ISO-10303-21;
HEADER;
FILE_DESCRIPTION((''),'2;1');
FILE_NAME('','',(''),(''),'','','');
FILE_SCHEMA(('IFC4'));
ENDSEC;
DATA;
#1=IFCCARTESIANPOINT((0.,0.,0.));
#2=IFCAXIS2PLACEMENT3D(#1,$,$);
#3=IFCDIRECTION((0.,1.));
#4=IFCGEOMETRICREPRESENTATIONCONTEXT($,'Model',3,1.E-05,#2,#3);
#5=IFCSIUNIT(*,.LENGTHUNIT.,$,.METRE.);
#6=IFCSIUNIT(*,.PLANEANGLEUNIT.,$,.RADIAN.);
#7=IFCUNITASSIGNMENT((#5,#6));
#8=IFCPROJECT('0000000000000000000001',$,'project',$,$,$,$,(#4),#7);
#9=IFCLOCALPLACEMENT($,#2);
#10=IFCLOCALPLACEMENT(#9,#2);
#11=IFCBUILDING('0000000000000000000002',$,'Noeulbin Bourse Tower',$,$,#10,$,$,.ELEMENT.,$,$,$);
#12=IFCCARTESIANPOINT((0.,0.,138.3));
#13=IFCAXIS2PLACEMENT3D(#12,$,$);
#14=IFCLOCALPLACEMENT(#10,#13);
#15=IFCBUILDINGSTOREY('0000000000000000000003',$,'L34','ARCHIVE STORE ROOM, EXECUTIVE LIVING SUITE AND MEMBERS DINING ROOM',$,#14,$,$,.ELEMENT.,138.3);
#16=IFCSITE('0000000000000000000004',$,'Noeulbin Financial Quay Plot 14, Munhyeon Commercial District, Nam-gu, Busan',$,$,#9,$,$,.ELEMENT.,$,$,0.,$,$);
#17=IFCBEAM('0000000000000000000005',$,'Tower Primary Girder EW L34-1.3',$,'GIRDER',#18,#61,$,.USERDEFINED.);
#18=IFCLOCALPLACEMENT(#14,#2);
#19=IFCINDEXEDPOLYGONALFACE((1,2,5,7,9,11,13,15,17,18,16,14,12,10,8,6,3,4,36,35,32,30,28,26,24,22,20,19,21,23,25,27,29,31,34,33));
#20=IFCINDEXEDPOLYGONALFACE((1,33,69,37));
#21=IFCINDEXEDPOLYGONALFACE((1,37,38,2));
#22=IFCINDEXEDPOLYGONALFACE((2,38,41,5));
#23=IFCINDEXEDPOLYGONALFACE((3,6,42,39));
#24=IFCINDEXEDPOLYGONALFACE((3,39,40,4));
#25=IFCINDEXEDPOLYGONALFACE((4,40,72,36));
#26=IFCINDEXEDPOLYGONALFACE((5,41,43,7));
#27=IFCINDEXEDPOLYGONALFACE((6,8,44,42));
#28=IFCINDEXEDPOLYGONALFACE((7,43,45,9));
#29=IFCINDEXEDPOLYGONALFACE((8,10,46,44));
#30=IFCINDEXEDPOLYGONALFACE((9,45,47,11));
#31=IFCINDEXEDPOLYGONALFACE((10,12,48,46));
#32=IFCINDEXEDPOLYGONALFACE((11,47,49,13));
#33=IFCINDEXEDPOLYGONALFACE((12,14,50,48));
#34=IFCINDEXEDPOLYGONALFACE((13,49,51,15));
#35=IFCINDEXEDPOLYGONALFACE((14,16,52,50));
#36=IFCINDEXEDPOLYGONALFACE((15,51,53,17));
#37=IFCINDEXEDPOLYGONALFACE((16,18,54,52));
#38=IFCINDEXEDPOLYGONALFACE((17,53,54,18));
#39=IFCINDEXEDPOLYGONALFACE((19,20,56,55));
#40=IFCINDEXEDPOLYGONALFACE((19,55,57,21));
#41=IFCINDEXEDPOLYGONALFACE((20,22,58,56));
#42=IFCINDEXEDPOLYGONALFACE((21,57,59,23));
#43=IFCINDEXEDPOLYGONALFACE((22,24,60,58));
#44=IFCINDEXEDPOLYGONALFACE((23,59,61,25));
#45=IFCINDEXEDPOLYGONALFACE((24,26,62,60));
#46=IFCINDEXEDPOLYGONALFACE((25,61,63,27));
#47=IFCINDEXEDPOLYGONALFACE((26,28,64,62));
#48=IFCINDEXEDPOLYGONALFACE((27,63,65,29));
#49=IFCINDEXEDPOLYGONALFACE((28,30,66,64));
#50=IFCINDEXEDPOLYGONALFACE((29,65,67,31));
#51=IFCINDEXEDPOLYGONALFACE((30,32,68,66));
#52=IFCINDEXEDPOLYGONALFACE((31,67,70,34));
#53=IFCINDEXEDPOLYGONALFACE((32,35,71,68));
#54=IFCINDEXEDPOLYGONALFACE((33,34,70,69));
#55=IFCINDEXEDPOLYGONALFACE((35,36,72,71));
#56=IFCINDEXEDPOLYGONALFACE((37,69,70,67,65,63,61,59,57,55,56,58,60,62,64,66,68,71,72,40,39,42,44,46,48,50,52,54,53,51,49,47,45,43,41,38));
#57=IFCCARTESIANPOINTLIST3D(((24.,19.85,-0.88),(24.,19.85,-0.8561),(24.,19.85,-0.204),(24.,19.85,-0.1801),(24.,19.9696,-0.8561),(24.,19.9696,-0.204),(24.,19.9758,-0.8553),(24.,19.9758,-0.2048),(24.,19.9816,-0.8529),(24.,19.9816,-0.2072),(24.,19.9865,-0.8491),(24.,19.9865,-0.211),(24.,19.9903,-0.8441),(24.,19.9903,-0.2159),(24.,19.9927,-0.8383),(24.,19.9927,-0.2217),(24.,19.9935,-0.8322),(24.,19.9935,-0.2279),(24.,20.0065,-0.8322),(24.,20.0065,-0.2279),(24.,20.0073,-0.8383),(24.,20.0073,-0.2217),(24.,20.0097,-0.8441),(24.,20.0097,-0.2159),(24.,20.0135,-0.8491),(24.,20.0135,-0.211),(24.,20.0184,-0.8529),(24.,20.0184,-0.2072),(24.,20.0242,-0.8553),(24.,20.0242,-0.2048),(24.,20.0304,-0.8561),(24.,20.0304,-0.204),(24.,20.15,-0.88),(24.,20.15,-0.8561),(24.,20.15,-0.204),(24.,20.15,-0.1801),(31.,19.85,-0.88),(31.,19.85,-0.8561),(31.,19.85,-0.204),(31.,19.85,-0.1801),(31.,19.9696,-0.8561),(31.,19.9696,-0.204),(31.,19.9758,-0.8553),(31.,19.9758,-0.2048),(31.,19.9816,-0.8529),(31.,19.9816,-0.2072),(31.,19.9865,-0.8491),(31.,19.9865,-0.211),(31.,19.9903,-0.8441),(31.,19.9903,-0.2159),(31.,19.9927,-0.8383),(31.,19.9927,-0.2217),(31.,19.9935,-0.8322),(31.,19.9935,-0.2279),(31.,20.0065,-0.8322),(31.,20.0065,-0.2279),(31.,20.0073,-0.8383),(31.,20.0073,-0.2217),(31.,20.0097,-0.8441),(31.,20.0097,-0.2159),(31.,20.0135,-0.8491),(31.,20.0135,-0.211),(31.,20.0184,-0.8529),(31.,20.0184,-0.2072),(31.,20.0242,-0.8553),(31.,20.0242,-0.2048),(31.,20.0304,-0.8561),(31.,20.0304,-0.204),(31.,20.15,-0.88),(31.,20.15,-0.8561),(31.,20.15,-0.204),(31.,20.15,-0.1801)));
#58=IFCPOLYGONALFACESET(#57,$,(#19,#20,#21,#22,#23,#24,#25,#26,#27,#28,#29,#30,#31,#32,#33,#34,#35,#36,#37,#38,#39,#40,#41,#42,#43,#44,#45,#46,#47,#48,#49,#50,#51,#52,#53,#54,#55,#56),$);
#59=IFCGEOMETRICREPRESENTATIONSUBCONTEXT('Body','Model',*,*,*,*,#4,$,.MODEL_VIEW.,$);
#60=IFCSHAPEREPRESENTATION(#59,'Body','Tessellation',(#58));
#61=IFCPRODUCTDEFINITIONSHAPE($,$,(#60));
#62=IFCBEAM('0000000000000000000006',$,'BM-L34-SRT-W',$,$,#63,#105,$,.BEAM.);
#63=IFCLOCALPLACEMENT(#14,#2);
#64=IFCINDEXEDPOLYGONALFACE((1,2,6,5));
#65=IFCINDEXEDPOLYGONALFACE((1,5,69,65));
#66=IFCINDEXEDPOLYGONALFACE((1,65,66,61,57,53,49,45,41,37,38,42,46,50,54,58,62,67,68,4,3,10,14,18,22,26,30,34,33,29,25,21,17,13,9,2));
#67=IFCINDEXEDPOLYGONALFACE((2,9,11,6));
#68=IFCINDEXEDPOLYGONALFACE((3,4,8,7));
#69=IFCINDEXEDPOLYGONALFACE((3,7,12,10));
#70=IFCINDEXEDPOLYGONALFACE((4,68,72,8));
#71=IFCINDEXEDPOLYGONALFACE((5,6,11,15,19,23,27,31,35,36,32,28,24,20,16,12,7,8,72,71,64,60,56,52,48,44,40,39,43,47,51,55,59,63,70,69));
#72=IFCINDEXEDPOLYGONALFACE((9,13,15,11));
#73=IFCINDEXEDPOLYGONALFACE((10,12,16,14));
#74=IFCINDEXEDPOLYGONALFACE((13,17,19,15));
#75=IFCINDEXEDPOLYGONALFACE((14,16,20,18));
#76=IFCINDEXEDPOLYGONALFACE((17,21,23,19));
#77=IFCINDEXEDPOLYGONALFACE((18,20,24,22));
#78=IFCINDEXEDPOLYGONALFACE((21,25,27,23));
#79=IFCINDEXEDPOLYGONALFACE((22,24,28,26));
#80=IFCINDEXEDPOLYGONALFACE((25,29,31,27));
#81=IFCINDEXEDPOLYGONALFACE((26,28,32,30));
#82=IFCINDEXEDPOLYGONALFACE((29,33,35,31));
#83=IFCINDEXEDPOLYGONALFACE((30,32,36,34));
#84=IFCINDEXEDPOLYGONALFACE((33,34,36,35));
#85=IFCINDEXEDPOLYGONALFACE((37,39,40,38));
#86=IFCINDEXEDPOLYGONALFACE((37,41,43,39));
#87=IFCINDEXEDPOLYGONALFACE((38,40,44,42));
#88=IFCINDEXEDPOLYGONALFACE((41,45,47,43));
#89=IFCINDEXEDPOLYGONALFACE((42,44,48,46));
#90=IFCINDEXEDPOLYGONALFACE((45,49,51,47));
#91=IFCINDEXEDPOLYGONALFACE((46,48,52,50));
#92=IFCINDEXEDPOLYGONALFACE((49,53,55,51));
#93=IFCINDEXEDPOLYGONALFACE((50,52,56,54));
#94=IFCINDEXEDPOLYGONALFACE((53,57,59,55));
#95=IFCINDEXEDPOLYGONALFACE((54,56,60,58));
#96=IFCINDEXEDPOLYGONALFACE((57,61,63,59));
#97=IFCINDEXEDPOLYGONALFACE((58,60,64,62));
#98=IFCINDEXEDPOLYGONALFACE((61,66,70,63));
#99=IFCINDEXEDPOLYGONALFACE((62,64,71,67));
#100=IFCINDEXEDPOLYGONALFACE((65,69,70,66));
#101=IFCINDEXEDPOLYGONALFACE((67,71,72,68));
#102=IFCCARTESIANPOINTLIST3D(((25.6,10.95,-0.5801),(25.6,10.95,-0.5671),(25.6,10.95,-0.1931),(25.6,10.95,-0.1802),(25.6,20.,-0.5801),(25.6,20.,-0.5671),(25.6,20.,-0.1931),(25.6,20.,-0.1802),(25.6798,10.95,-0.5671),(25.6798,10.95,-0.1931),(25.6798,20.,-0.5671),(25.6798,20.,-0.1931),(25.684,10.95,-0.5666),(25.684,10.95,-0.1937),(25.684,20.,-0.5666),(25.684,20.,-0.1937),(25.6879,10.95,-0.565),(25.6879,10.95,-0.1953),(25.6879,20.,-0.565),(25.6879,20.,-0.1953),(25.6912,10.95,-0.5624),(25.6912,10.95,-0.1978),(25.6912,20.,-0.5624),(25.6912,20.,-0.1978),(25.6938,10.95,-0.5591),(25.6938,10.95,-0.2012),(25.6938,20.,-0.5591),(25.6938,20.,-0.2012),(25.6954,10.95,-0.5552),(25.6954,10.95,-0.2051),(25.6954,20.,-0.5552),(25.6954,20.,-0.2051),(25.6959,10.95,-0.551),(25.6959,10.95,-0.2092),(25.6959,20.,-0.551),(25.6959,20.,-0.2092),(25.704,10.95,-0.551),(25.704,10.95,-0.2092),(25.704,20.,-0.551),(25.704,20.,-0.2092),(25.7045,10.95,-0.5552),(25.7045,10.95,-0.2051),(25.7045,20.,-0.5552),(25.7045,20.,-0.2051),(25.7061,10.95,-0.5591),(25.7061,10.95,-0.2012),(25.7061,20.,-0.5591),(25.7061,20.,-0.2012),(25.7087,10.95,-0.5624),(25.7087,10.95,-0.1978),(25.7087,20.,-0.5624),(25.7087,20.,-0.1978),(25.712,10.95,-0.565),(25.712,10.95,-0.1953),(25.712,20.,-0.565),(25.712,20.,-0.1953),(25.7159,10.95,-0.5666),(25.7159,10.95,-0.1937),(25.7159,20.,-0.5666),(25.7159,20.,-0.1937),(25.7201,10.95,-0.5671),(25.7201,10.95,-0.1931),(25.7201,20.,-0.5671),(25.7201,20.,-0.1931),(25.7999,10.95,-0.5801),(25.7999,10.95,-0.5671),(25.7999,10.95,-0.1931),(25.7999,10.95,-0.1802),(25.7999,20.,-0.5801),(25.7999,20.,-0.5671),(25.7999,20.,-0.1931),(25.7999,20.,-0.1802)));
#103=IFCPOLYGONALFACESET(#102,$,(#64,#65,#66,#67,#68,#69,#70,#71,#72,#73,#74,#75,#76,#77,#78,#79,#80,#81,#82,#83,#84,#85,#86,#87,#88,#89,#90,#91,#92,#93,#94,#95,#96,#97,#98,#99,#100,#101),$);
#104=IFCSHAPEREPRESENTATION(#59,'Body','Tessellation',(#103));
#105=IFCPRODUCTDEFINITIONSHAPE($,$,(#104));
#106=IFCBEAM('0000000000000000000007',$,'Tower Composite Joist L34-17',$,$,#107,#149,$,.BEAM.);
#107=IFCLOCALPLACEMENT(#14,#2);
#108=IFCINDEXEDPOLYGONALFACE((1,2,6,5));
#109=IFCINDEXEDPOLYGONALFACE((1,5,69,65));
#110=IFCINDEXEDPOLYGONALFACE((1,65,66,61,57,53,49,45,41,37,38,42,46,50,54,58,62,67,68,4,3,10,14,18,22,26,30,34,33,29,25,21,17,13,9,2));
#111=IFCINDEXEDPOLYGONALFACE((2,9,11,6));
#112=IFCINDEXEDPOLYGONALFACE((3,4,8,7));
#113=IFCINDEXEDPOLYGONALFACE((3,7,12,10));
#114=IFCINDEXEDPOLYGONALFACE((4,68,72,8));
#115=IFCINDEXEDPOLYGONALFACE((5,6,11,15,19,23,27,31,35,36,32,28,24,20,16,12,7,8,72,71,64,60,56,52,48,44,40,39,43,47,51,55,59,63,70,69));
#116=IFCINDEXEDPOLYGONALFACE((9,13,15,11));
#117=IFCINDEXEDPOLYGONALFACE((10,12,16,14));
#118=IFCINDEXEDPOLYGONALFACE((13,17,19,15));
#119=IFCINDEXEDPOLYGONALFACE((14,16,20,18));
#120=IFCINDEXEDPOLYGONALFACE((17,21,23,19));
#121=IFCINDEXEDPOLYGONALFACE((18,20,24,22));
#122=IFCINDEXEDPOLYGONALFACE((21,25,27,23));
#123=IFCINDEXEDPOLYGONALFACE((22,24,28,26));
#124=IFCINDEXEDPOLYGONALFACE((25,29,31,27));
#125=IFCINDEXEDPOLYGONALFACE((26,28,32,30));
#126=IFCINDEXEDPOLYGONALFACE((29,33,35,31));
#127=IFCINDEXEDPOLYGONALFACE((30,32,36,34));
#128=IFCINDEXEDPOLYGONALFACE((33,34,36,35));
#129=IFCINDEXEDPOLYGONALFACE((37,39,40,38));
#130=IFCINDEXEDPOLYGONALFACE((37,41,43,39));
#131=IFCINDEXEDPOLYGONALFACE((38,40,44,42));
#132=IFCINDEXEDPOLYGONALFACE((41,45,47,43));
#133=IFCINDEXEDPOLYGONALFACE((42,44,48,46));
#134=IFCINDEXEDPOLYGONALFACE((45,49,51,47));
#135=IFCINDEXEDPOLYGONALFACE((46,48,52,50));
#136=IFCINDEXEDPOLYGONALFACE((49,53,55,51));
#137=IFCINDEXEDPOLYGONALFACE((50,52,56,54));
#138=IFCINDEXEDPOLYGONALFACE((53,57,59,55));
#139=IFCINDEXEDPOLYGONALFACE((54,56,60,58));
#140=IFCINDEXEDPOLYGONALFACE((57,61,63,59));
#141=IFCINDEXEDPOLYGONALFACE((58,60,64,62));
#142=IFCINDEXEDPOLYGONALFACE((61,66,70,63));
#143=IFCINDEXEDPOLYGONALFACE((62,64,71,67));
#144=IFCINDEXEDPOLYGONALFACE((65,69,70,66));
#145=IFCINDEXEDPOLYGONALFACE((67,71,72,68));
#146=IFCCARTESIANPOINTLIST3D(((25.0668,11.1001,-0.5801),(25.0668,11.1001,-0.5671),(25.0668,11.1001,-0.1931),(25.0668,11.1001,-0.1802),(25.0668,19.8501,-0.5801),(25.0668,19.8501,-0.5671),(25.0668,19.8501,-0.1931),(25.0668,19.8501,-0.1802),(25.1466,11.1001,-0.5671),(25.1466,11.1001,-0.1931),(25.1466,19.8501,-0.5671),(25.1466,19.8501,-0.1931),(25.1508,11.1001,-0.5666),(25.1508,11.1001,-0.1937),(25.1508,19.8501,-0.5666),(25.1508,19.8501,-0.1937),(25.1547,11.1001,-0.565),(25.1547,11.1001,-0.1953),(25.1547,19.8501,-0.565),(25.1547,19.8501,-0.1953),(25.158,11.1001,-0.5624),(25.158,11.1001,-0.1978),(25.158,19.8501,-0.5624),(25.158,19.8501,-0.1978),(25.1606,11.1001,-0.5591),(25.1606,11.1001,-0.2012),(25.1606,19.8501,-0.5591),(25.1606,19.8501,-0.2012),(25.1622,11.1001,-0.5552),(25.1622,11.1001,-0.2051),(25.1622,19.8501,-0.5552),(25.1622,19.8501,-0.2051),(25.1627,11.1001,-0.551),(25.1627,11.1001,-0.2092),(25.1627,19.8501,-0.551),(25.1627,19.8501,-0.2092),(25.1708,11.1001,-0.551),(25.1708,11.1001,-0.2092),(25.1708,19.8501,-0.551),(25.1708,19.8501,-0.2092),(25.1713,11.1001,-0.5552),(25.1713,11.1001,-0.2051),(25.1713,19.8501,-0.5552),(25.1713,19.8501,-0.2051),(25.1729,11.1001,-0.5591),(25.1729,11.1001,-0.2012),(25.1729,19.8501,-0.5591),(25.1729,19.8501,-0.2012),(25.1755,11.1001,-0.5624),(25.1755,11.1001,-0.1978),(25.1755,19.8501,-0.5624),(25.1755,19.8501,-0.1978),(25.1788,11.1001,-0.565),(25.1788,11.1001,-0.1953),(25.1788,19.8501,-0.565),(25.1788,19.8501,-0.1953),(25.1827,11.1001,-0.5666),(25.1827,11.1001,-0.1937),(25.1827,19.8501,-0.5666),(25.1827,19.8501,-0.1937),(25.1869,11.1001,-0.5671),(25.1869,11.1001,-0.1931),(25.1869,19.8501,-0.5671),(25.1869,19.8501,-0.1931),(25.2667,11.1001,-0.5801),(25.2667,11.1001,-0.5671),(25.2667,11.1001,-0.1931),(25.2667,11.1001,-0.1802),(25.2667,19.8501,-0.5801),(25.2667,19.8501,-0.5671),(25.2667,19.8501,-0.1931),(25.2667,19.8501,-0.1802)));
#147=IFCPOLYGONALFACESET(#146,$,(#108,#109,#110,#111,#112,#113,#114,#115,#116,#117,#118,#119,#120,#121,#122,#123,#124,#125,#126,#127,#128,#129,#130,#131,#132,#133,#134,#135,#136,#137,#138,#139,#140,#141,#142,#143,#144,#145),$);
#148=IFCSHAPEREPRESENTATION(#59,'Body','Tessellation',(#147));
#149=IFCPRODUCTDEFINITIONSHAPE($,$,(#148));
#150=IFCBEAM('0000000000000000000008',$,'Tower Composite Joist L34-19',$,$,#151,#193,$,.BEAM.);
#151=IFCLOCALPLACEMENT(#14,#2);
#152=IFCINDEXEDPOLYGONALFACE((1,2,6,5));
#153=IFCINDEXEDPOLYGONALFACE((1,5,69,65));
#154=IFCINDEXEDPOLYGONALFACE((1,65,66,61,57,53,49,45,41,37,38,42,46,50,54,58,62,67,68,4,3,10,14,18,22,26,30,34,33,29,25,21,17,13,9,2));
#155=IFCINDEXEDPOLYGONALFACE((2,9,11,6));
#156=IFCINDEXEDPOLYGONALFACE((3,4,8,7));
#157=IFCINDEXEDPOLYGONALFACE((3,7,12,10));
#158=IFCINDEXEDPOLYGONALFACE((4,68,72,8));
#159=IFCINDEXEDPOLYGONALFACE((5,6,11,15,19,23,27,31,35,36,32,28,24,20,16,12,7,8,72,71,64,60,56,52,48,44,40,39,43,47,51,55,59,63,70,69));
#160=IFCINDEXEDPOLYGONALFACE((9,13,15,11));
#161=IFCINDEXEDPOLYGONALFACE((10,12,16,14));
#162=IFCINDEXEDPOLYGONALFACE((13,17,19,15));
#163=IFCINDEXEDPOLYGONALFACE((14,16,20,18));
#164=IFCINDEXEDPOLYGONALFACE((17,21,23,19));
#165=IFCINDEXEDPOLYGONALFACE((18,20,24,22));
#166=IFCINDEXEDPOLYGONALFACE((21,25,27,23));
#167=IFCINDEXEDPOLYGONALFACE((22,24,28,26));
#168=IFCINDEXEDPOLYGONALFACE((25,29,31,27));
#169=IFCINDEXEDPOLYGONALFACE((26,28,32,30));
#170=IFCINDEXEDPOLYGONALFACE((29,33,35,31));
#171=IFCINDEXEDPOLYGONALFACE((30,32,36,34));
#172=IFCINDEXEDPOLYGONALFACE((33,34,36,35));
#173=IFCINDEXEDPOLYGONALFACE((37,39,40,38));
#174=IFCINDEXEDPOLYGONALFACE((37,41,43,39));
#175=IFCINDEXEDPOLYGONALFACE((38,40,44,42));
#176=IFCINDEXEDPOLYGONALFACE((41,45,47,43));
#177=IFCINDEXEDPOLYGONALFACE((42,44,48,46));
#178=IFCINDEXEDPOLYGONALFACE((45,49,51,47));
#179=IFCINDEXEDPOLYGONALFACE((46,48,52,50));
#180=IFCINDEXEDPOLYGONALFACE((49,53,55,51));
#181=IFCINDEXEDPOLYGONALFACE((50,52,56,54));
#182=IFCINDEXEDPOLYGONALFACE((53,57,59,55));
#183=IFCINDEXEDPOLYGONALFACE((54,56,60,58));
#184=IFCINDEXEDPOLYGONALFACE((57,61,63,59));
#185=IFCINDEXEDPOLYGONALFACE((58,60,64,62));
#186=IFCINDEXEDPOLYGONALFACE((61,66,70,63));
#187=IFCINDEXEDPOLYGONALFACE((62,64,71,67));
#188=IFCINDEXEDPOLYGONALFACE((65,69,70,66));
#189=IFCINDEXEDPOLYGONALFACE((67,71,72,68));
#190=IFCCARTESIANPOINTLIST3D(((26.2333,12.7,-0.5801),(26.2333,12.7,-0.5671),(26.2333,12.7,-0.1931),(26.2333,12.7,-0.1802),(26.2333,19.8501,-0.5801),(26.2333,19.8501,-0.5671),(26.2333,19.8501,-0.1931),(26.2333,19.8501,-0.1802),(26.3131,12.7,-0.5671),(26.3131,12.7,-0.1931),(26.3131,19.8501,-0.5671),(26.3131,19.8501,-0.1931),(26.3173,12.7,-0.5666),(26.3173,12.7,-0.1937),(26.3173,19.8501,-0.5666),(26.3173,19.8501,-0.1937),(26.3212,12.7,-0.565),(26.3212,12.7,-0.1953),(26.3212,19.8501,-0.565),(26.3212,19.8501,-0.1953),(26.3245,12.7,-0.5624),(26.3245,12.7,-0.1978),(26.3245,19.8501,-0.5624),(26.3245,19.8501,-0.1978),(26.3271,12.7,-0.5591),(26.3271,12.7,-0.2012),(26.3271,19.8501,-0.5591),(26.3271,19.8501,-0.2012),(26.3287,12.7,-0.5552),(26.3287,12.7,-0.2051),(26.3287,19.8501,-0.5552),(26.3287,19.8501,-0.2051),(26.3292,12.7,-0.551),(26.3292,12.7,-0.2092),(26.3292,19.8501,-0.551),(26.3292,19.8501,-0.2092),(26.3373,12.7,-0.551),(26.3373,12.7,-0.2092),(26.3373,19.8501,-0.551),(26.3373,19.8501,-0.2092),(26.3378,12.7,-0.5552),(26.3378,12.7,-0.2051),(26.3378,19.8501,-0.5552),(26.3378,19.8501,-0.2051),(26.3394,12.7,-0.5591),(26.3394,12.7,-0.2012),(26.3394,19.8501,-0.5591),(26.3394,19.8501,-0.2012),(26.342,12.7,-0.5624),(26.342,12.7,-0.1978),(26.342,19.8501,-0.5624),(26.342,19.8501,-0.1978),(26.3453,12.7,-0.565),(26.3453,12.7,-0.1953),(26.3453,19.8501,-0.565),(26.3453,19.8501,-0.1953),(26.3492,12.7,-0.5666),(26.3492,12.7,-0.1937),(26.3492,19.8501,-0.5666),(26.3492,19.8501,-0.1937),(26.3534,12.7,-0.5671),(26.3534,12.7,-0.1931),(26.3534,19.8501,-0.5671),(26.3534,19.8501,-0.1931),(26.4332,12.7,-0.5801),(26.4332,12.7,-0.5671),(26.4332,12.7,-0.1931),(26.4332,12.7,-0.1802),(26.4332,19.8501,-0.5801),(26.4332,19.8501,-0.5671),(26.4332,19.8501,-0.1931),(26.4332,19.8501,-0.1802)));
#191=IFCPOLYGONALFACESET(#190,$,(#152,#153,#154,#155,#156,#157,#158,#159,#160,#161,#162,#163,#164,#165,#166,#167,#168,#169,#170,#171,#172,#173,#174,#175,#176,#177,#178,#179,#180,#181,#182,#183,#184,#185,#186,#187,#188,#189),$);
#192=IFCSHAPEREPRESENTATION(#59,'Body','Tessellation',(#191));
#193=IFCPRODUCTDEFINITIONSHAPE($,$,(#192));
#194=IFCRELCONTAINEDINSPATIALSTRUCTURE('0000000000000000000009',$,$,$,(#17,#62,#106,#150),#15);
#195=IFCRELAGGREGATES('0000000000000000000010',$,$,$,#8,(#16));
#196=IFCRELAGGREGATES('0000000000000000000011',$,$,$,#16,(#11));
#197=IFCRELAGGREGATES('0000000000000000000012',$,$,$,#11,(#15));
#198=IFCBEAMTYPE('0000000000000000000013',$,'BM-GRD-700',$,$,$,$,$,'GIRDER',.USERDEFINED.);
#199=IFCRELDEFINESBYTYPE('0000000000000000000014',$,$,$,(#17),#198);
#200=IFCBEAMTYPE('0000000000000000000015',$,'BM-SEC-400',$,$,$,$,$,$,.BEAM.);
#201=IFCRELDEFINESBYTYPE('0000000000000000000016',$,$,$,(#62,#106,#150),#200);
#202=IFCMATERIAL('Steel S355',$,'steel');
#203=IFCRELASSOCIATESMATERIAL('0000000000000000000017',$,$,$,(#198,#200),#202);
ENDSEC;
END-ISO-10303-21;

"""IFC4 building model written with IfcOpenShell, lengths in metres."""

from ifc_helpers import new_model, si_unit, direction, frame, origin, origin_2d, place, context, subcontext, project, spatial, i_section, extrude, material, material_profile, profile_set, type_object, element, save


model = new_model("IFC4")

# Units and contexts
model_context = context("Model", 3, precision=1e-05, world=origin(), true_north=direction((0.0, 1.0)))
body_context = subcontext(model_context, "Body", "Model", "MODEL_VIEW")
ifc_project = project(units=[si_unit("LENGTHUNIT", "METRE"), si_unit("PLANEANGLEUNIT", "RADIAN")], contexts=[model_context])

# Site, building, storey
site_placement = place(None, origin())
site = spatial("IfcSite", under=ifc_project, at=site_placement, Name="Noeulbin Financial Quay Plot 14, Munhyeon Commercial District, Nam-gu, Busan", CompositionType="ELEMENT", RefElevation=0.0)
building_placement = place(site_placement, origin())
building = spatial("IfcBuilding", under=site, at=building_placement, Name="Noeulbin Bourse Tower", CompositionType="ELEMENT")
storey_placement = place(building_placement, frame((0.0, 0.0, 138.3)))
storey = spatial("IfcBuildingStorey", under=building, at=storey_placement, Name="L34", Description="ARCHIVE STORE ROOM, EXECUTIVE LIVING SUITE AND MEMBERS DINING ROOM", CompositionType="ELEMENT", Elevation=138.3)

# Beams
ifc_material_1 = material(Name="Steel S355", Category="steel")
ifc_material_profile_1 = material_profile(ifc_material_1, i_section(OverallWidth=0.3, OverallDepth=0.7, WebThickness=0.0129, FlangeThickness=0.0239, FilletRadius=0.0239, at=origin_2d()), Name="H-700x300x13x24", Category="LoadBearing")
ifc_profile_set_1 = profile_set([ifc_material_profile_1], Name="Steel S355")
beam_type_1 = type_object("IfcBeamType", Name="BM-GRD-700", ElementType="GIRDER", PredefinedType="USERDEFINED", material=ifc_profile_set_1)
beam_1_placement = place(storey_placement, frame((24.0, 20.0, -0.53), z_axis=(1.0, 0.0, 0.0), x_axis=(0.0, 1.0, 0.0)))
element("IfcBeam", 1, at=beam_1_placement, inside=storey, type_object=beam_type_1, Name="Tower Primary Girder EW L34-1.3", ObjectType="GIRDER", PredefinedType="USERDEFINED", context=body_context, shape_type="SweptSolid", body=[
    extrude(i_section(OverallWidth=0.3, OverallDepth=0.7, WebThickness=0.0129, FlangeThickness=0.0239, FilletRadius=0.0239, at=origin_2d()), origin(), (0.0, 0.0, 1.0), 7.0),
])
ifc_material_profile_2 = material_profile(ifc_material_1, i_section(OverallWidth=0.2, OverallDepth=0.3999, WebThickness=0.0081, FlangeThickness=0.0129, FilletRadius=0.0161, at=origin_2d()), Name="H-400x200x8x13", Category="LoadBearing")
ifc_profile_set_2 = profile_set([ifc_material_profile_2], Name="Steel S355")
beam_type_2 = type_object("IfcBeamType", Name="BM-SEC-400", PredefinedType="BEAM", material=ifc_profile_set_2)
beam_2_placement = place(storey_placement, frame((25.7, 10.95, -0.3801), z_axis=(0.0, 1.0, 0.0), x_axis=(-1.0, 0.0, 0.0)))
element("IfcBeam", 2, at=beam_2_placement, inside=storey, type_object=beam_type_2, Name="BM-L34-SRT-W", PredefinedType="BEAM", context=body_context, shape_type="SweptSolid", body=[
    extrude(i_section(OverallWidth=0.2, OverallDepth=0.3999, WebThickness=0.0081, FlangeThickness=0.0129, FilletRadius=0.0161, at=origin_2d()), origin(), (0.0, 0.0, 1.0), 9.05),
])
beam_3_placement = place(storey_placement, frame((25.1667, 11.1001, -0.3801), z_axis=(0.0, 1.0, 0.0), x_axis=(-1.0, 0.0, 0.0)))
element("IfcBeam", 3, at=beam_3_placement, inside=storey, type_object=beam_type_2, Name="Tower Composite Joist L34-17", PredefinedType="BEAM", context=body_context, shape_type="SweptSolid", body=[
    extrude(i_section(OverallWidth=0.2, OverallDepth=0.3999, WebThickness=0.0081, FlangeThickness=0.0129, FilletRadius=0.0161, at=origin_2d()), origin(), (0.0, 0.0, 1.0), 8.75),
])
for number, where, z_axis, x_axis, name in (
    (4, (26.3333, 12.7, -0.3801), (0.0, 1.0, 0.0), (-1.0, 0.0, 0.0), "Tower Composite Joist L34-19"),
):
    element("IfcBeam", number, at=place(storey_placement, frame(where, z_axis=z_axis, x_axis=x_axis)), inside=storey, type_object=beam_type_2, Name=name, PredefinedType="BEAM", context=body_context, shape_type="SweptSolid", body=[
        extrude(i_section(OverallWidth=0.2, OverallDepth=0.3999, WebThickness=0.0081, FlangeThickness=0.0129, FilletRadius=0.0161, at=origin_2d()), origin(), (0.0, 0.0, 1.0), 7.1501),
    ])

save(model, "model.ifc")
